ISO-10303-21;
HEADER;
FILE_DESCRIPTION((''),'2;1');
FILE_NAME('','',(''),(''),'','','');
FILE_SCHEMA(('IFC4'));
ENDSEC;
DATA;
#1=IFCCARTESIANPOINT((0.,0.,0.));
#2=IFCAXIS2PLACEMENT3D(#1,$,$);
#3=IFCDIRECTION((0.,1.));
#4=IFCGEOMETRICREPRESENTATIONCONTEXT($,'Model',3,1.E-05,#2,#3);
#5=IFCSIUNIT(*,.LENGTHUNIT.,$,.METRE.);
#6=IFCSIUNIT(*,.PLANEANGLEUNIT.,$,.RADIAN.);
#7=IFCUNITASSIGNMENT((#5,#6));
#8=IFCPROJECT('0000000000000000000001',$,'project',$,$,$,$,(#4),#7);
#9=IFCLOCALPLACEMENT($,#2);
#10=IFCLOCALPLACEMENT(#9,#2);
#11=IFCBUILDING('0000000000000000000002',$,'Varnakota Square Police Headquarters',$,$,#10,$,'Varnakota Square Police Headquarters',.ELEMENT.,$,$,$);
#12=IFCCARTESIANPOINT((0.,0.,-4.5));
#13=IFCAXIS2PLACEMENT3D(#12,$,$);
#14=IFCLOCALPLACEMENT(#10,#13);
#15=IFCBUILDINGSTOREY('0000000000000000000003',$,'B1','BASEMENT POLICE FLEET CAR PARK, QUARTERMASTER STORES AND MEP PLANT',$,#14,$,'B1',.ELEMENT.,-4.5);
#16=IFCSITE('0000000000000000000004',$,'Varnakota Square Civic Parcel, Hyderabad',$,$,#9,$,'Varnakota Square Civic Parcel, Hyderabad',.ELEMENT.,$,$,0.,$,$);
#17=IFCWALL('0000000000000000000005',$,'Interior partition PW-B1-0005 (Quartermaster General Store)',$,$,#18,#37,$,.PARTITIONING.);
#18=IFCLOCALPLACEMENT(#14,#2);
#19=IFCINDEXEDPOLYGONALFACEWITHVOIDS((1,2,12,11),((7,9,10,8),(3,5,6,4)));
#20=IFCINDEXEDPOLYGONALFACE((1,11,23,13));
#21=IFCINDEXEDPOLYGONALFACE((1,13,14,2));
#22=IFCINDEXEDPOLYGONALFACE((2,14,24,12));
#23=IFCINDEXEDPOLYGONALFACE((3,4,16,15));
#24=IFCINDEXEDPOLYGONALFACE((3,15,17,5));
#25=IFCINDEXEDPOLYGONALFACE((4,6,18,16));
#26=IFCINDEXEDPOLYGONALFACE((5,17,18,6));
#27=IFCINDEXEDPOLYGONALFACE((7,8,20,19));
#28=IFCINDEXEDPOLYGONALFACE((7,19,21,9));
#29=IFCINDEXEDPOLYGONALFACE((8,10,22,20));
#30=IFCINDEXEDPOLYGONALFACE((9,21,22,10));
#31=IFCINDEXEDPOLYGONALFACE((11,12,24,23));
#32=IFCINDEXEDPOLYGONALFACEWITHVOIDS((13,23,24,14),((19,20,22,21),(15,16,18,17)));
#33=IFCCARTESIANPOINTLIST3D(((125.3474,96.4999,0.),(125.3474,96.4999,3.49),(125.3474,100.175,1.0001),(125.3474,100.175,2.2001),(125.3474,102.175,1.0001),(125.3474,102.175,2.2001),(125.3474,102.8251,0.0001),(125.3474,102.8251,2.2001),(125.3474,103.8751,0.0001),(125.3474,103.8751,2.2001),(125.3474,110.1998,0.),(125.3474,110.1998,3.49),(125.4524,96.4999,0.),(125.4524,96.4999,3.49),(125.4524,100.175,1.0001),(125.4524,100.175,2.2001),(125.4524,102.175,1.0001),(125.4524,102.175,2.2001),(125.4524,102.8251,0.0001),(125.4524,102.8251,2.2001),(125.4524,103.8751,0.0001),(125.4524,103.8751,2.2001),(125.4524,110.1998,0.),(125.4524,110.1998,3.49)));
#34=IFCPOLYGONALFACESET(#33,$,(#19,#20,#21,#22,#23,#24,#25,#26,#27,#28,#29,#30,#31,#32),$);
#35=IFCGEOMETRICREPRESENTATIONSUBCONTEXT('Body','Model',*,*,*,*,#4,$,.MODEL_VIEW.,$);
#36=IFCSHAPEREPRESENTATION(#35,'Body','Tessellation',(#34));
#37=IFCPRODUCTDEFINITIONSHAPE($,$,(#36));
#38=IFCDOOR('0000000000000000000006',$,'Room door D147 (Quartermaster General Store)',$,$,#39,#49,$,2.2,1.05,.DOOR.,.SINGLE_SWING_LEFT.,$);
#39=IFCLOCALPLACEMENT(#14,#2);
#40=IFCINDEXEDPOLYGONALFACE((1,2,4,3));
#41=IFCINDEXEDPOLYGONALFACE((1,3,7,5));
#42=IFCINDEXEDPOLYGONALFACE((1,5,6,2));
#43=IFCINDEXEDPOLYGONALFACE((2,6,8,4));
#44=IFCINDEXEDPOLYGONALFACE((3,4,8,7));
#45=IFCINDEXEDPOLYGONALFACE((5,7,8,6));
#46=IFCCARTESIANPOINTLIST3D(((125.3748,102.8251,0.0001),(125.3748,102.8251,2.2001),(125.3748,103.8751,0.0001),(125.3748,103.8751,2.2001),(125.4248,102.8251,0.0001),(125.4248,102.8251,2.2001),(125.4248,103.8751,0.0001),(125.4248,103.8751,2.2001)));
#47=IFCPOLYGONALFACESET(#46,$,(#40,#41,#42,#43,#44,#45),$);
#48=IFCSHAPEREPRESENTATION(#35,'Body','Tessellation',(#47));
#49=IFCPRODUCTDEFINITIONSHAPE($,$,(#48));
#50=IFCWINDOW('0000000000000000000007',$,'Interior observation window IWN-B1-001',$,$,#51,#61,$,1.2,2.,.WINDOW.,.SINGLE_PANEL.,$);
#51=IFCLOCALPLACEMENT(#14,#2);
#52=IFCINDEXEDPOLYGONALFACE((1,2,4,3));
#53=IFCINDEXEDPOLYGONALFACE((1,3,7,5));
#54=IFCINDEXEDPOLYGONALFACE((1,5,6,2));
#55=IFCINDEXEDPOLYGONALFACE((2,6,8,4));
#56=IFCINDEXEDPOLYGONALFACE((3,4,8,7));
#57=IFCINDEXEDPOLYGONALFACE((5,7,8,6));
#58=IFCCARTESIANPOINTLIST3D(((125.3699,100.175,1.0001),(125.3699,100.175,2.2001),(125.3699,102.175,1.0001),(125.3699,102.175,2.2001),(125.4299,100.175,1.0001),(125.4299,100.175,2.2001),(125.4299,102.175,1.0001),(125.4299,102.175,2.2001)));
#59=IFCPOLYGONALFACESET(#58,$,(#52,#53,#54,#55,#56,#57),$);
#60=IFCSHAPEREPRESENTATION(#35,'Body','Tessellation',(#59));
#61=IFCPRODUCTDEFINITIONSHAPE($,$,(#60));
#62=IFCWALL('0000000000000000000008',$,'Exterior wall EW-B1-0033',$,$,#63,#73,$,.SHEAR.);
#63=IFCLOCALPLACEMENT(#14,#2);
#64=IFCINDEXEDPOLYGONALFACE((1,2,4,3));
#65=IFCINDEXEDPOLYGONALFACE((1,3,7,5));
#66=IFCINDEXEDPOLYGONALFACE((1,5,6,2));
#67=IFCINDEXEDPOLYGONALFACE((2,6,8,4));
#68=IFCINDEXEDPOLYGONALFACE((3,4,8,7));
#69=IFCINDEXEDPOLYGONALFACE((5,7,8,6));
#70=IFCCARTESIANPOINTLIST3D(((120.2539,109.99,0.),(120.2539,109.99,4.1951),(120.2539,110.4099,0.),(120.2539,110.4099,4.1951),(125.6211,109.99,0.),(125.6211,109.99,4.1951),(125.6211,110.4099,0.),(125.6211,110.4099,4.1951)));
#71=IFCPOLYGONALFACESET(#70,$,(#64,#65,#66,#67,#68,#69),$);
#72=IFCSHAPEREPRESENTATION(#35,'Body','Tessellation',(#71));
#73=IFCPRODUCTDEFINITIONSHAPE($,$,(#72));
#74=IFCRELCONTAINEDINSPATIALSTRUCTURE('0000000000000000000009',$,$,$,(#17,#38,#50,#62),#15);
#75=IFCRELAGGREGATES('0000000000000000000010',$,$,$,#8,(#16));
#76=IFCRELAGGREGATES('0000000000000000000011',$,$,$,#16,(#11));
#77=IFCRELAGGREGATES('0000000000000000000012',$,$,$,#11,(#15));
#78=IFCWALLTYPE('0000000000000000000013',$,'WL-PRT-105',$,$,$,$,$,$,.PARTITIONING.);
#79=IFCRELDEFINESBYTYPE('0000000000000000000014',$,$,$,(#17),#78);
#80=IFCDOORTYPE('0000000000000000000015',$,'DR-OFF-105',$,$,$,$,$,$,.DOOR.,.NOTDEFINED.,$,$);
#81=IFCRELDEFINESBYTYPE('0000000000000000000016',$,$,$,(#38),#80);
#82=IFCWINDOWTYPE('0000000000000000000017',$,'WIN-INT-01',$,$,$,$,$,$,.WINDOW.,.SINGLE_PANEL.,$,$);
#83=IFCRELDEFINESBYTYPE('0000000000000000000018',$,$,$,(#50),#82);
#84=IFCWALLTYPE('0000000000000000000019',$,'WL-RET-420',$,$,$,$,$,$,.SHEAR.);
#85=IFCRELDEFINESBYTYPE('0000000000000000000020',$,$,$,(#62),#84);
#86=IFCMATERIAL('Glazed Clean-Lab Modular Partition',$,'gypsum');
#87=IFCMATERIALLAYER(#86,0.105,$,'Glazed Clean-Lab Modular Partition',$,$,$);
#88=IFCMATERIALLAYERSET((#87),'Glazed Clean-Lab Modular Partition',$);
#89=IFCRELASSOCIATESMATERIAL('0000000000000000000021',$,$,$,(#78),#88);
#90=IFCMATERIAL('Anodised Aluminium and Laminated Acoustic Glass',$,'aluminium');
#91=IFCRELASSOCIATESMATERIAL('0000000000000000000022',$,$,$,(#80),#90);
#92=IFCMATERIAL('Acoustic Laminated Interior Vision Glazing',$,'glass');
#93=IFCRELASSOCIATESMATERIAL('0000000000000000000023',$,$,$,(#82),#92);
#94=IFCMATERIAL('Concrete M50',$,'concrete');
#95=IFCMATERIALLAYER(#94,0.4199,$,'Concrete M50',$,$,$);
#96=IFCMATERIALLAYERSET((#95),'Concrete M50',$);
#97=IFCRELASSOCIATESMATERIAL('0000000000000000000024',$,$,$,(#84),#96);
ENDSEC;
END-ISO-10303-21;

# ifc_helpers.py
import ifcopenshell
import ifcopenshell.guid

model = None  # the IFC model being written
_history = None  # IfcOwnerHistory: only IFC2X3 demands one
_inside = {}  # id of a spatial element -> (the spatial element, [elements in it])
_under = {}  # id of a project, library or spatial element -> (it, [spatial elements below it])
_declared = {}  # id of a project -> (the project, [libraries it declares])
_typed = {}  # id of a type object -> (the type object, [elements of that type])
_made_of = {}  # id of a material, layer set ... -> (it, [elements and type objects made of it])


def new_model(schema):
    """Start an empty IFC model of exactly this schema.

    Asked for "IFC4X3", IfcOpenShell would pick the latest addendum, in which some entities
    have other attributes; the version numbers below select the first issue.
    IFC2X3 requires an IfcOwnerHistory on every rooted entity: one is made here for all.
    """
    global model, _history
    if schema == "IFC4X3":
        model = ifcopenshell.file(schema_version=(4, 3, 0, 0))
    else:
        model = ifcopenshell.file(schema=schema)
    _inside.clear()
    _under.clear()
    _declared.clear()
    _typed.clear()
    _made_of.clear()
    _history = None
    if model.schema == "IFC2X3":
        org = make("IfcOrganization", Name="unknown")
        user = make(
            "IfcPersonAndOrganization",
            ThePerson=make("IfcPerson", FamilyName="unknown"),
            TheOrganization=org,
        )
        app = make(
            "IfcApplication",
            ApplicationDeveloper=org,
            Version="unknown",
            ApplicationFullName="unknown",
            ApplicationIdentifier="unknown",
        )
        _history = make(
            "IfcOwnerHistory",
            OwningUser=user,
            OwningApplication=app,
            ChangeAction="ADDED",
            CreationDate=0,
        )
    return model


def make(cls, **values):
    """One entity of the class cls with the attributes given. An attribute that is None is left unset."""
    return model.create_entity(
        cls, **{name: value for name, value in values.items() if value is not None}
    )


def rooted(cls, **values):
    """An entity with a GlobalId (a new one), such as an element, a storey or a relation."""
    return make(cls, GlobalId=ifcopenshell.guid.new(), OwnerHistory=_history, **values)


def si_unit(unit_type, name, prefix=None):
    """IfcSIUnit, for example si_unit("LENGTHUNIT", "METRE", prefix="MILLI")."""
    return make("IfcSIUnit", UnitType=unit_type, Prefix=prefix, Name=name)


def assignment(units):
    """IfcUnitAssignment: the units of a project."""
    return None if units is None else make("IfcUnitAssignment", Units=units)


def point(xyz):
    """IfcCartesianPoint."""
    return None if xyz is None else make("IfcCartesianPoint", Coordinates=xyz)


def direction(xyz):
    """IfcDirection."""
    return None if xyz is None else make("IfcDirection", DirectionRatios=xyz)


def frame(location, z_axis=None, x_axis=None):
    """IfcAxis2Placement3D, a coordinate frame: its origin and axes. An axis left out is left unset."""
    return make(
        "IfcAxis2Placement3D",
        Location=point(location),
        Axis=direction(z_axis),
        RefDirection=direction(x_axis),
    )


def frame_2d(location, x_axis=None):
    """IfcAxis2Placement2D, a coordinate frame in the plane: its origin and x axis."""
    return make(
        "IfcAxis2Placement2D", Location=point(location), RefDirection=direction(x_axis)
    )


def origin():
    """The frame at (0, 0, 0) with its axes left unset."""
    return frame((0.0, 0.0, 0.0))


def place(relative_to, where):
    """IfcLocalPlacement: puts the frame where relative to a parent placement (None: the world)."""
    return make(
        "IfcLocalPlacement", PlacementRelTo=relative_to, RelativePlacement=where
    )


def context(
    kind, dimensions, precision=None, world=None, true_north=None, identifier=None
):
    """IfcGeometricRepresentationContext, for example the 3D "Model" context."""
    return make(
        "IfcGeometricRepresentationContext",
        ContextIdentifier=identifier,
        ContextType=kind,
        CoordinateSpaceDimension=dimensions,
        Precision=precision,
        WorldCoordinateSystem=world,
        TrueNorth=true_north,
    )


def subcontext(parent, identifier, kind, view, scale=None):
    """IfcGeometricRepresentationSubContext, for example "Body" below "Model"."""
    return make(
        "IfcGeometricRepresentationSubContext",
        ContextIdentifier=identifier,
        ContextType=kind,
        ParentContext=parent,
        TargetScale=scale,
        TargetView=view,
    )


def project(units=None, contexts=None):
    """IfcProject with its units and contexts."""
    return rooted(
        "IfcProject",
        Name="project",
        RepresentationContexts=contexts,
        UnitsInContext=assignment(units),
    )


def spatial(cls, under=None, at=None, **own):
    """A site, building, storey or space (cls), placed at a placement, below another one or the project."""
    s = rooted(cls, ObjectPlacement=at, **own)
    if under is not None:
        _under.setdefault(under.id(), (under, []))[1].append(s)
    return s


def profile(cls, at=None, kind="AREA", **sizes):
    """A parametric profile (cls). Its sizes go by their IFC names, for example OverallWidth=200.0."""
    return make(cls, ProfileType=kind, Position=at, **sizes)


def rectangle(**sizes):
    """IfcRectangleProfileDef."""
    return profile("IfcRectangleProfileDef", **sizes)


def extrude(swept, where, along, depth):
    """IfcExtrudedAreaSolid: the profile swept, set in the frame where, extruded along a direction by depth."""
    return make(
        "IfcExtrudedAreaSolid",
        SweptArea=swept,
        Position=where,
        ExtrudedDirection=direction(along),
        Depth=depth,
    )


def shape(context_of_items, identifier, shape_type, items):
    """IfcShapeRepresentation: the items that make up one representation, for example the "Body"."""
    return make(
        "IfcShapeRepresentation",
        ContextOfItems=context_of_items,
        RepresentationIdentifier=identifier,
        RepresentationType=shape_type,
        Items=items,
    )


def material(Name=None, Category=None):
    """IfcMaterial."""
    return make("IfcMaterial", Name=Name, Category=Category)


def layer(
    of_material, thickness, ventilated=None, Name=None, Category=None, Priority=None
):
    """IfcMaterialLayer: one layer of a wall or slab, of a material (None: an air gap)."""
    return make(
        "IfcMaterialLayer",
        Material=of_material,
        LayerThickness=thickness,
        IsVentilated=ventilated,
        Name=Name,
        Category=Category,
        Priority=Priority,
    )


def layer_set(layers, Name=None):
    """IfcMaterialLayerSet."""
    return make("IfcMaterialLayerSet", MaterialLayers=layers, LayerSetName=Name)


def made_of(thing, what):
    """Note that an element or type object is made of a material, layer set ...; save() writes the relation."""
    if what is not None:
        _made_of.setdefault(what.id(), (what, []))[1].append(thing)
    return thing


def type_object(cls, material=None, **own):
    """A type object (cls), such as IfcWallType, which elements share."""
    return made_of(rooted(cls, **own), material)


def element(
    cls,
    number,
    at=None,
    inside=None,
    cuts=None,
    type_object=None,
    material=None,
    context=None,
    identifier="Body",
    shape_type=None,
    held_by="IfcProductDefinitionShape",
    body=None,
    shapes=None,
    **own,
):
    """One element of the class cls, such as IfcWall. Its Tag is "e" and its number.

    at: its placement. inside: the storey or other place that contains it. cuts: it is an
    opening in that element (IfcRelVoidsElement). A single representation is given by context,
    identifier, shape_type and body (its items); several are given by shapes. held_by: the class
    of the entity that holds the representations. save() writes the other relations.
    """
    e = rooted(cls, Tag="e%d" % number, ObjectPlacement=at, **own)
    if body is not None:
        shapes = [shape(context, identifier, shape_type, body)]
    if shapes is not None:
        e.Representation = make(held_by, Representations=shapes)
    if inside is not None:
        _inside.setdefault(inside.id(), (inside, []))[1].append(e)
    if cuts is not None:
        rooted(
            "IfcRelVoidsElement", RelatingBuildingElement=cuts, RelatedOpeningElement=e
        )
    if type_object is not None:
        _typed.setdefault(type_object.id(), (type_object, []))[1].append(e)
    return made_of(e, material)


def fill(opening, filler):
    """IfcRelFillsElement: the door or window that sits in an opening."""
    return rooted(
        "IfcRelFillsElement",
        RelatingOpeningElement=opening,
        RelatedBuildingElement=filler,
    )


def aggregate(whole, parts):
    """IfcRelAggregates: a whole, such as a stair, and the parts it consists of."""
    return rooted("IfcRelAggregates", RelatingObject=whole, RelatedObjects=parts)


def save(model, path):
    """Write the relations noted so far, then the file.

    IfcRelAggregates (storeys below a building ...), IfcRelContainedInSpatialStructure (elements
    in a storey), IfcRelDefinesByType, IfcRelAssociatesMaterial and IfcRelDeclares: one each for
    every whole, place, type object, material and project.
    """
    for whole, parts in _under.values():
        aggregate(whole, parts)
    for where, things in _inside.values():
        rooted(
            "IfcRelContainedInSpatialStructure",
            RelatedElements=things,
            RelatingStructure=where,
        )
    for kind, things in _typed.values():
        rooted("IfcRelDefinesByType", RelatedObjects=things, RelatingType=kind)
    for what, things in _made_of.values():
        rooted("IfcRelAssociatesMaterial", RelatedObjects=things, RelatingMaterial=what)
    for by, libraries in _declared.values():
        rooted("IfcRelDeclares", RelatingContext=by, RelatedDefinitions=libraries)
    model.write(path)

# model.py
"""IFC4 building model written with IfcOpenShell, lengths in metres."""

from ifc_helpers import new_model, si_unit, direction, frame, frame_2d, origin, place, context, subcontext, project, spatial, rectangle, extrude, material, layer, layer_set, type_object, element, fill, save


model = new_model("IFC4")

# Units and contexts
model_context = context("Model", 3, precision=1e-05, world=origin(), true_north=direction((0.0, 1.0)))
body_context = subcontext(model_context, "Body", "Model", "MODEL_VIEW")
ifc_project = project(units=[si_unit("LENGTHUNIT", "METRE"), si_unit("PLANEANGLEUNIT", "RADIAN")], contexts=[model_context])

# Site, building, storey
site_placement = place(None, origin())
site = spatial("IfcSite", under=ifc_project, at=site_placement, Name="Varnakota Square Civic Parcel, Hyderabad", LongName="Varnakota Square Civic Parcel, Hyderabad", CompositionType="ELEMENT", RefElevation=0.0)
building_placement = place(site_placement, origin())
building = spatial("IfcBuilding", under=site, at=building_placement, Name="Varnakota Square Police Headquarters", LongName="Varnakota Square Police Headquarters", CompositionType="ELEMENT")
storey_placement = place(building_placement, frame((0.0, 0.0, -4.5)))
storey = spatial("IfcBuildingStorey", under=building, at=storey_placement, Name="B1", Description="BASEMENT POLICE FLEET CAR PARK, QUARTERMASTER STORES AND MEP PLANT", LongName="B1", CompositionType="ELEMENT", Elevation=-4.5)

# Shared definitions
ifc_material_1 = material(Name="Concrete M50", Category="concrete")

# Wall, openings, door, window
ifc_material_2 = material(Name="Glazed Clean-Lab Modular Partition", Category="gypsum")
ifc_layer_1 = layer(ifc_material_2, 0.105, Name="Glazed Clean-Lab Modular Partition")
ifc_layer_set_1 = layer_set([ifc_layer_1], Name="Glazed Clean-Lab Modular Partition")
wall_type_1 = type_object("IfcWallType", Name="WL-PRT-105", PredefinedType="PARTITIONING", material=ifc_layer_set_1)
wall_1_placement = place(storey_placement, frame((125.3999, 110.2, 0.0), z_axis=(0.0, 0.0, 1.0), x_axis=(0.0, -1.0, 0.0)))
wall_1 = element("IfcWall", 1, at=wall_1_placement, inside=storey, type_object=wall_type_1, Name="Interior partition PW-B1-0005 (Quartermaster General Store)", PredefinedType="PARTITIONING", context=body_context, shape_type="SweptSolid", body=[
    extrude(rectangle(XDim=13.7, YDim=0.105, at=frame_2d((6.8501, 0.0))), origin(), (0.0, 0.0, 1.0), 3.49),
])
opening_1_placement = place(wall_1_placement, frame((6.325, 0.0, 0.0)))
opening_1 = element("IfcOpeningElement", 2, at=opening_1_placement, cuts=wall_1, PredefinedType="OPENING", context=body_context, shape_type="SweptSolid", body=[
    extrude(rectangle(XDim=1.05, YDim=2.2, at=frame_2d((0.5249, 1.1001))), frame((0.0, 0.0625, 0.0), z_axis=(0.0, -1.0, 0.0), x_axis=(1.0, 0.0, 0.0)), (0.0, 0.0, 1.0), 0.125),
])
opening_2_placement = place(wall_1_placement, frame((8.0249, 0.0, 1.0)))
opening_2 = element("IfcOpeningElement", 3, at=opening_2_placement, cuts=wall_1, PredefinedType="OPENING", context=body_context, shape_type="SweptSolid", body=[
    extrude(rectangle(XDim=2.0, YDim=1.2, at=frame_2d((1.0, 0.6001))), frame((0.0, 0.0625, 0.0), z_axis=(0.0, -1.0, 0.0), x_axis=(1.0, 0.0, 0.0)), (0.0, 0.0, 1.0), 0.125),
])
ifc_material_3 = material(Name="Anodised Aluminium and Laminated Acoustic Glass", Category="aluminium")
door_type = type_object("IfcDoorType", Name="DR-OFF-105", OperationType="NOTDEFINED", PredefinedType="DOOR", material=ifc_material_3)
door_placement = place(opening_1_placement, origin())
door = element("IfcDoor", 4, at=door_placement, inside=storey, type_object=door_type, Name="Room door D147 (Quartermaster General Store)", OperationType="SINGLE_SWING_LEFT", OverallHeight=2.2, OverallWidth=1.05, PredefinedType="DOOR", context=body_context, shape_type="SweptSolid", body=[
    extrude(rectangle(XDim=1.05, YDim=2.2, at=frame_2d((0.5249, 1.1001))), frame((0.0, 0.0249, 0.0), z_axis=(0.0, -1.0, 0.0), x_axis=(1.0, 0.0, 0.0)), (0.0, 0.0, 1.0), 0.05),
])
fill(opening_1, door)
ifc_material_4 = material(Name="Acoustic Laminated Interior Vision Glazing", Category="glass")
window_type = type_object("IfcWindowType", Name="WIN-INT-01", PartitioningType="SINGLE_PANEL", PredefinedType="WINDOW", material=ifc_material_4)
window_placement = place(opening_2_placement, origin())
window = element("IfcWindow", 5, at=window_placement, inside=storey, type_object=window_type, Name="Interior observation window IWN-B1-001", OverallHeight=1.2, OverallWidth=2.0, PartitioningType="SINGLE_PANEL", PredefinedType="WINDOW", context=body_context, shape_type="SweptSolid", body=[
    extrude(rectangle(XDim=2.0, YDim=1.2, at=frame_2d((1.0, 0.6001))), frame((0.0, 0.03, 0.0), z_axis=(0.0, -1.0, 0.0), x_axis=(1.0, 0.0, 0.0)), (0.0, 0.0, 1.0), 0.0601),
])
fill(opening_2, window)

# Wall
ifc_layer_2 = layer(ifc_material_1, 0.4199, Name="Concrete M50")
ifc_layer_set_2 = layer_set([ifc_layer_2], Name="Concrete M50")
wall_type_2 = type_object("IfcWallType", Name="WL-RET-420", PredefinedType="SHEAR", material=ifc_layer_set_2)
wall_2_placement = place(storey_placement, frame((120.2539, 110.2, 0.0), z_axis=(0.0, 0.0, 1.0), x_axis=(1.0, 0.0, 0.0)))
element("IfcWall", 6, at=wall_2_placement, inside=storey, type_object=wall_type_2, Name="Exterior wall EW-B1-0033", PredefinedType="SHEAR", context=body_context, shape_type="SweptSolid", body=[
    extrude(rectangle(XDim=5.3672, YDim=0.4199, at=frame_2d((2.6836, 0.0))), origin(), (0.0, 0.0, 1.0), 4.1951),
])

save(model, "model.ifc")
